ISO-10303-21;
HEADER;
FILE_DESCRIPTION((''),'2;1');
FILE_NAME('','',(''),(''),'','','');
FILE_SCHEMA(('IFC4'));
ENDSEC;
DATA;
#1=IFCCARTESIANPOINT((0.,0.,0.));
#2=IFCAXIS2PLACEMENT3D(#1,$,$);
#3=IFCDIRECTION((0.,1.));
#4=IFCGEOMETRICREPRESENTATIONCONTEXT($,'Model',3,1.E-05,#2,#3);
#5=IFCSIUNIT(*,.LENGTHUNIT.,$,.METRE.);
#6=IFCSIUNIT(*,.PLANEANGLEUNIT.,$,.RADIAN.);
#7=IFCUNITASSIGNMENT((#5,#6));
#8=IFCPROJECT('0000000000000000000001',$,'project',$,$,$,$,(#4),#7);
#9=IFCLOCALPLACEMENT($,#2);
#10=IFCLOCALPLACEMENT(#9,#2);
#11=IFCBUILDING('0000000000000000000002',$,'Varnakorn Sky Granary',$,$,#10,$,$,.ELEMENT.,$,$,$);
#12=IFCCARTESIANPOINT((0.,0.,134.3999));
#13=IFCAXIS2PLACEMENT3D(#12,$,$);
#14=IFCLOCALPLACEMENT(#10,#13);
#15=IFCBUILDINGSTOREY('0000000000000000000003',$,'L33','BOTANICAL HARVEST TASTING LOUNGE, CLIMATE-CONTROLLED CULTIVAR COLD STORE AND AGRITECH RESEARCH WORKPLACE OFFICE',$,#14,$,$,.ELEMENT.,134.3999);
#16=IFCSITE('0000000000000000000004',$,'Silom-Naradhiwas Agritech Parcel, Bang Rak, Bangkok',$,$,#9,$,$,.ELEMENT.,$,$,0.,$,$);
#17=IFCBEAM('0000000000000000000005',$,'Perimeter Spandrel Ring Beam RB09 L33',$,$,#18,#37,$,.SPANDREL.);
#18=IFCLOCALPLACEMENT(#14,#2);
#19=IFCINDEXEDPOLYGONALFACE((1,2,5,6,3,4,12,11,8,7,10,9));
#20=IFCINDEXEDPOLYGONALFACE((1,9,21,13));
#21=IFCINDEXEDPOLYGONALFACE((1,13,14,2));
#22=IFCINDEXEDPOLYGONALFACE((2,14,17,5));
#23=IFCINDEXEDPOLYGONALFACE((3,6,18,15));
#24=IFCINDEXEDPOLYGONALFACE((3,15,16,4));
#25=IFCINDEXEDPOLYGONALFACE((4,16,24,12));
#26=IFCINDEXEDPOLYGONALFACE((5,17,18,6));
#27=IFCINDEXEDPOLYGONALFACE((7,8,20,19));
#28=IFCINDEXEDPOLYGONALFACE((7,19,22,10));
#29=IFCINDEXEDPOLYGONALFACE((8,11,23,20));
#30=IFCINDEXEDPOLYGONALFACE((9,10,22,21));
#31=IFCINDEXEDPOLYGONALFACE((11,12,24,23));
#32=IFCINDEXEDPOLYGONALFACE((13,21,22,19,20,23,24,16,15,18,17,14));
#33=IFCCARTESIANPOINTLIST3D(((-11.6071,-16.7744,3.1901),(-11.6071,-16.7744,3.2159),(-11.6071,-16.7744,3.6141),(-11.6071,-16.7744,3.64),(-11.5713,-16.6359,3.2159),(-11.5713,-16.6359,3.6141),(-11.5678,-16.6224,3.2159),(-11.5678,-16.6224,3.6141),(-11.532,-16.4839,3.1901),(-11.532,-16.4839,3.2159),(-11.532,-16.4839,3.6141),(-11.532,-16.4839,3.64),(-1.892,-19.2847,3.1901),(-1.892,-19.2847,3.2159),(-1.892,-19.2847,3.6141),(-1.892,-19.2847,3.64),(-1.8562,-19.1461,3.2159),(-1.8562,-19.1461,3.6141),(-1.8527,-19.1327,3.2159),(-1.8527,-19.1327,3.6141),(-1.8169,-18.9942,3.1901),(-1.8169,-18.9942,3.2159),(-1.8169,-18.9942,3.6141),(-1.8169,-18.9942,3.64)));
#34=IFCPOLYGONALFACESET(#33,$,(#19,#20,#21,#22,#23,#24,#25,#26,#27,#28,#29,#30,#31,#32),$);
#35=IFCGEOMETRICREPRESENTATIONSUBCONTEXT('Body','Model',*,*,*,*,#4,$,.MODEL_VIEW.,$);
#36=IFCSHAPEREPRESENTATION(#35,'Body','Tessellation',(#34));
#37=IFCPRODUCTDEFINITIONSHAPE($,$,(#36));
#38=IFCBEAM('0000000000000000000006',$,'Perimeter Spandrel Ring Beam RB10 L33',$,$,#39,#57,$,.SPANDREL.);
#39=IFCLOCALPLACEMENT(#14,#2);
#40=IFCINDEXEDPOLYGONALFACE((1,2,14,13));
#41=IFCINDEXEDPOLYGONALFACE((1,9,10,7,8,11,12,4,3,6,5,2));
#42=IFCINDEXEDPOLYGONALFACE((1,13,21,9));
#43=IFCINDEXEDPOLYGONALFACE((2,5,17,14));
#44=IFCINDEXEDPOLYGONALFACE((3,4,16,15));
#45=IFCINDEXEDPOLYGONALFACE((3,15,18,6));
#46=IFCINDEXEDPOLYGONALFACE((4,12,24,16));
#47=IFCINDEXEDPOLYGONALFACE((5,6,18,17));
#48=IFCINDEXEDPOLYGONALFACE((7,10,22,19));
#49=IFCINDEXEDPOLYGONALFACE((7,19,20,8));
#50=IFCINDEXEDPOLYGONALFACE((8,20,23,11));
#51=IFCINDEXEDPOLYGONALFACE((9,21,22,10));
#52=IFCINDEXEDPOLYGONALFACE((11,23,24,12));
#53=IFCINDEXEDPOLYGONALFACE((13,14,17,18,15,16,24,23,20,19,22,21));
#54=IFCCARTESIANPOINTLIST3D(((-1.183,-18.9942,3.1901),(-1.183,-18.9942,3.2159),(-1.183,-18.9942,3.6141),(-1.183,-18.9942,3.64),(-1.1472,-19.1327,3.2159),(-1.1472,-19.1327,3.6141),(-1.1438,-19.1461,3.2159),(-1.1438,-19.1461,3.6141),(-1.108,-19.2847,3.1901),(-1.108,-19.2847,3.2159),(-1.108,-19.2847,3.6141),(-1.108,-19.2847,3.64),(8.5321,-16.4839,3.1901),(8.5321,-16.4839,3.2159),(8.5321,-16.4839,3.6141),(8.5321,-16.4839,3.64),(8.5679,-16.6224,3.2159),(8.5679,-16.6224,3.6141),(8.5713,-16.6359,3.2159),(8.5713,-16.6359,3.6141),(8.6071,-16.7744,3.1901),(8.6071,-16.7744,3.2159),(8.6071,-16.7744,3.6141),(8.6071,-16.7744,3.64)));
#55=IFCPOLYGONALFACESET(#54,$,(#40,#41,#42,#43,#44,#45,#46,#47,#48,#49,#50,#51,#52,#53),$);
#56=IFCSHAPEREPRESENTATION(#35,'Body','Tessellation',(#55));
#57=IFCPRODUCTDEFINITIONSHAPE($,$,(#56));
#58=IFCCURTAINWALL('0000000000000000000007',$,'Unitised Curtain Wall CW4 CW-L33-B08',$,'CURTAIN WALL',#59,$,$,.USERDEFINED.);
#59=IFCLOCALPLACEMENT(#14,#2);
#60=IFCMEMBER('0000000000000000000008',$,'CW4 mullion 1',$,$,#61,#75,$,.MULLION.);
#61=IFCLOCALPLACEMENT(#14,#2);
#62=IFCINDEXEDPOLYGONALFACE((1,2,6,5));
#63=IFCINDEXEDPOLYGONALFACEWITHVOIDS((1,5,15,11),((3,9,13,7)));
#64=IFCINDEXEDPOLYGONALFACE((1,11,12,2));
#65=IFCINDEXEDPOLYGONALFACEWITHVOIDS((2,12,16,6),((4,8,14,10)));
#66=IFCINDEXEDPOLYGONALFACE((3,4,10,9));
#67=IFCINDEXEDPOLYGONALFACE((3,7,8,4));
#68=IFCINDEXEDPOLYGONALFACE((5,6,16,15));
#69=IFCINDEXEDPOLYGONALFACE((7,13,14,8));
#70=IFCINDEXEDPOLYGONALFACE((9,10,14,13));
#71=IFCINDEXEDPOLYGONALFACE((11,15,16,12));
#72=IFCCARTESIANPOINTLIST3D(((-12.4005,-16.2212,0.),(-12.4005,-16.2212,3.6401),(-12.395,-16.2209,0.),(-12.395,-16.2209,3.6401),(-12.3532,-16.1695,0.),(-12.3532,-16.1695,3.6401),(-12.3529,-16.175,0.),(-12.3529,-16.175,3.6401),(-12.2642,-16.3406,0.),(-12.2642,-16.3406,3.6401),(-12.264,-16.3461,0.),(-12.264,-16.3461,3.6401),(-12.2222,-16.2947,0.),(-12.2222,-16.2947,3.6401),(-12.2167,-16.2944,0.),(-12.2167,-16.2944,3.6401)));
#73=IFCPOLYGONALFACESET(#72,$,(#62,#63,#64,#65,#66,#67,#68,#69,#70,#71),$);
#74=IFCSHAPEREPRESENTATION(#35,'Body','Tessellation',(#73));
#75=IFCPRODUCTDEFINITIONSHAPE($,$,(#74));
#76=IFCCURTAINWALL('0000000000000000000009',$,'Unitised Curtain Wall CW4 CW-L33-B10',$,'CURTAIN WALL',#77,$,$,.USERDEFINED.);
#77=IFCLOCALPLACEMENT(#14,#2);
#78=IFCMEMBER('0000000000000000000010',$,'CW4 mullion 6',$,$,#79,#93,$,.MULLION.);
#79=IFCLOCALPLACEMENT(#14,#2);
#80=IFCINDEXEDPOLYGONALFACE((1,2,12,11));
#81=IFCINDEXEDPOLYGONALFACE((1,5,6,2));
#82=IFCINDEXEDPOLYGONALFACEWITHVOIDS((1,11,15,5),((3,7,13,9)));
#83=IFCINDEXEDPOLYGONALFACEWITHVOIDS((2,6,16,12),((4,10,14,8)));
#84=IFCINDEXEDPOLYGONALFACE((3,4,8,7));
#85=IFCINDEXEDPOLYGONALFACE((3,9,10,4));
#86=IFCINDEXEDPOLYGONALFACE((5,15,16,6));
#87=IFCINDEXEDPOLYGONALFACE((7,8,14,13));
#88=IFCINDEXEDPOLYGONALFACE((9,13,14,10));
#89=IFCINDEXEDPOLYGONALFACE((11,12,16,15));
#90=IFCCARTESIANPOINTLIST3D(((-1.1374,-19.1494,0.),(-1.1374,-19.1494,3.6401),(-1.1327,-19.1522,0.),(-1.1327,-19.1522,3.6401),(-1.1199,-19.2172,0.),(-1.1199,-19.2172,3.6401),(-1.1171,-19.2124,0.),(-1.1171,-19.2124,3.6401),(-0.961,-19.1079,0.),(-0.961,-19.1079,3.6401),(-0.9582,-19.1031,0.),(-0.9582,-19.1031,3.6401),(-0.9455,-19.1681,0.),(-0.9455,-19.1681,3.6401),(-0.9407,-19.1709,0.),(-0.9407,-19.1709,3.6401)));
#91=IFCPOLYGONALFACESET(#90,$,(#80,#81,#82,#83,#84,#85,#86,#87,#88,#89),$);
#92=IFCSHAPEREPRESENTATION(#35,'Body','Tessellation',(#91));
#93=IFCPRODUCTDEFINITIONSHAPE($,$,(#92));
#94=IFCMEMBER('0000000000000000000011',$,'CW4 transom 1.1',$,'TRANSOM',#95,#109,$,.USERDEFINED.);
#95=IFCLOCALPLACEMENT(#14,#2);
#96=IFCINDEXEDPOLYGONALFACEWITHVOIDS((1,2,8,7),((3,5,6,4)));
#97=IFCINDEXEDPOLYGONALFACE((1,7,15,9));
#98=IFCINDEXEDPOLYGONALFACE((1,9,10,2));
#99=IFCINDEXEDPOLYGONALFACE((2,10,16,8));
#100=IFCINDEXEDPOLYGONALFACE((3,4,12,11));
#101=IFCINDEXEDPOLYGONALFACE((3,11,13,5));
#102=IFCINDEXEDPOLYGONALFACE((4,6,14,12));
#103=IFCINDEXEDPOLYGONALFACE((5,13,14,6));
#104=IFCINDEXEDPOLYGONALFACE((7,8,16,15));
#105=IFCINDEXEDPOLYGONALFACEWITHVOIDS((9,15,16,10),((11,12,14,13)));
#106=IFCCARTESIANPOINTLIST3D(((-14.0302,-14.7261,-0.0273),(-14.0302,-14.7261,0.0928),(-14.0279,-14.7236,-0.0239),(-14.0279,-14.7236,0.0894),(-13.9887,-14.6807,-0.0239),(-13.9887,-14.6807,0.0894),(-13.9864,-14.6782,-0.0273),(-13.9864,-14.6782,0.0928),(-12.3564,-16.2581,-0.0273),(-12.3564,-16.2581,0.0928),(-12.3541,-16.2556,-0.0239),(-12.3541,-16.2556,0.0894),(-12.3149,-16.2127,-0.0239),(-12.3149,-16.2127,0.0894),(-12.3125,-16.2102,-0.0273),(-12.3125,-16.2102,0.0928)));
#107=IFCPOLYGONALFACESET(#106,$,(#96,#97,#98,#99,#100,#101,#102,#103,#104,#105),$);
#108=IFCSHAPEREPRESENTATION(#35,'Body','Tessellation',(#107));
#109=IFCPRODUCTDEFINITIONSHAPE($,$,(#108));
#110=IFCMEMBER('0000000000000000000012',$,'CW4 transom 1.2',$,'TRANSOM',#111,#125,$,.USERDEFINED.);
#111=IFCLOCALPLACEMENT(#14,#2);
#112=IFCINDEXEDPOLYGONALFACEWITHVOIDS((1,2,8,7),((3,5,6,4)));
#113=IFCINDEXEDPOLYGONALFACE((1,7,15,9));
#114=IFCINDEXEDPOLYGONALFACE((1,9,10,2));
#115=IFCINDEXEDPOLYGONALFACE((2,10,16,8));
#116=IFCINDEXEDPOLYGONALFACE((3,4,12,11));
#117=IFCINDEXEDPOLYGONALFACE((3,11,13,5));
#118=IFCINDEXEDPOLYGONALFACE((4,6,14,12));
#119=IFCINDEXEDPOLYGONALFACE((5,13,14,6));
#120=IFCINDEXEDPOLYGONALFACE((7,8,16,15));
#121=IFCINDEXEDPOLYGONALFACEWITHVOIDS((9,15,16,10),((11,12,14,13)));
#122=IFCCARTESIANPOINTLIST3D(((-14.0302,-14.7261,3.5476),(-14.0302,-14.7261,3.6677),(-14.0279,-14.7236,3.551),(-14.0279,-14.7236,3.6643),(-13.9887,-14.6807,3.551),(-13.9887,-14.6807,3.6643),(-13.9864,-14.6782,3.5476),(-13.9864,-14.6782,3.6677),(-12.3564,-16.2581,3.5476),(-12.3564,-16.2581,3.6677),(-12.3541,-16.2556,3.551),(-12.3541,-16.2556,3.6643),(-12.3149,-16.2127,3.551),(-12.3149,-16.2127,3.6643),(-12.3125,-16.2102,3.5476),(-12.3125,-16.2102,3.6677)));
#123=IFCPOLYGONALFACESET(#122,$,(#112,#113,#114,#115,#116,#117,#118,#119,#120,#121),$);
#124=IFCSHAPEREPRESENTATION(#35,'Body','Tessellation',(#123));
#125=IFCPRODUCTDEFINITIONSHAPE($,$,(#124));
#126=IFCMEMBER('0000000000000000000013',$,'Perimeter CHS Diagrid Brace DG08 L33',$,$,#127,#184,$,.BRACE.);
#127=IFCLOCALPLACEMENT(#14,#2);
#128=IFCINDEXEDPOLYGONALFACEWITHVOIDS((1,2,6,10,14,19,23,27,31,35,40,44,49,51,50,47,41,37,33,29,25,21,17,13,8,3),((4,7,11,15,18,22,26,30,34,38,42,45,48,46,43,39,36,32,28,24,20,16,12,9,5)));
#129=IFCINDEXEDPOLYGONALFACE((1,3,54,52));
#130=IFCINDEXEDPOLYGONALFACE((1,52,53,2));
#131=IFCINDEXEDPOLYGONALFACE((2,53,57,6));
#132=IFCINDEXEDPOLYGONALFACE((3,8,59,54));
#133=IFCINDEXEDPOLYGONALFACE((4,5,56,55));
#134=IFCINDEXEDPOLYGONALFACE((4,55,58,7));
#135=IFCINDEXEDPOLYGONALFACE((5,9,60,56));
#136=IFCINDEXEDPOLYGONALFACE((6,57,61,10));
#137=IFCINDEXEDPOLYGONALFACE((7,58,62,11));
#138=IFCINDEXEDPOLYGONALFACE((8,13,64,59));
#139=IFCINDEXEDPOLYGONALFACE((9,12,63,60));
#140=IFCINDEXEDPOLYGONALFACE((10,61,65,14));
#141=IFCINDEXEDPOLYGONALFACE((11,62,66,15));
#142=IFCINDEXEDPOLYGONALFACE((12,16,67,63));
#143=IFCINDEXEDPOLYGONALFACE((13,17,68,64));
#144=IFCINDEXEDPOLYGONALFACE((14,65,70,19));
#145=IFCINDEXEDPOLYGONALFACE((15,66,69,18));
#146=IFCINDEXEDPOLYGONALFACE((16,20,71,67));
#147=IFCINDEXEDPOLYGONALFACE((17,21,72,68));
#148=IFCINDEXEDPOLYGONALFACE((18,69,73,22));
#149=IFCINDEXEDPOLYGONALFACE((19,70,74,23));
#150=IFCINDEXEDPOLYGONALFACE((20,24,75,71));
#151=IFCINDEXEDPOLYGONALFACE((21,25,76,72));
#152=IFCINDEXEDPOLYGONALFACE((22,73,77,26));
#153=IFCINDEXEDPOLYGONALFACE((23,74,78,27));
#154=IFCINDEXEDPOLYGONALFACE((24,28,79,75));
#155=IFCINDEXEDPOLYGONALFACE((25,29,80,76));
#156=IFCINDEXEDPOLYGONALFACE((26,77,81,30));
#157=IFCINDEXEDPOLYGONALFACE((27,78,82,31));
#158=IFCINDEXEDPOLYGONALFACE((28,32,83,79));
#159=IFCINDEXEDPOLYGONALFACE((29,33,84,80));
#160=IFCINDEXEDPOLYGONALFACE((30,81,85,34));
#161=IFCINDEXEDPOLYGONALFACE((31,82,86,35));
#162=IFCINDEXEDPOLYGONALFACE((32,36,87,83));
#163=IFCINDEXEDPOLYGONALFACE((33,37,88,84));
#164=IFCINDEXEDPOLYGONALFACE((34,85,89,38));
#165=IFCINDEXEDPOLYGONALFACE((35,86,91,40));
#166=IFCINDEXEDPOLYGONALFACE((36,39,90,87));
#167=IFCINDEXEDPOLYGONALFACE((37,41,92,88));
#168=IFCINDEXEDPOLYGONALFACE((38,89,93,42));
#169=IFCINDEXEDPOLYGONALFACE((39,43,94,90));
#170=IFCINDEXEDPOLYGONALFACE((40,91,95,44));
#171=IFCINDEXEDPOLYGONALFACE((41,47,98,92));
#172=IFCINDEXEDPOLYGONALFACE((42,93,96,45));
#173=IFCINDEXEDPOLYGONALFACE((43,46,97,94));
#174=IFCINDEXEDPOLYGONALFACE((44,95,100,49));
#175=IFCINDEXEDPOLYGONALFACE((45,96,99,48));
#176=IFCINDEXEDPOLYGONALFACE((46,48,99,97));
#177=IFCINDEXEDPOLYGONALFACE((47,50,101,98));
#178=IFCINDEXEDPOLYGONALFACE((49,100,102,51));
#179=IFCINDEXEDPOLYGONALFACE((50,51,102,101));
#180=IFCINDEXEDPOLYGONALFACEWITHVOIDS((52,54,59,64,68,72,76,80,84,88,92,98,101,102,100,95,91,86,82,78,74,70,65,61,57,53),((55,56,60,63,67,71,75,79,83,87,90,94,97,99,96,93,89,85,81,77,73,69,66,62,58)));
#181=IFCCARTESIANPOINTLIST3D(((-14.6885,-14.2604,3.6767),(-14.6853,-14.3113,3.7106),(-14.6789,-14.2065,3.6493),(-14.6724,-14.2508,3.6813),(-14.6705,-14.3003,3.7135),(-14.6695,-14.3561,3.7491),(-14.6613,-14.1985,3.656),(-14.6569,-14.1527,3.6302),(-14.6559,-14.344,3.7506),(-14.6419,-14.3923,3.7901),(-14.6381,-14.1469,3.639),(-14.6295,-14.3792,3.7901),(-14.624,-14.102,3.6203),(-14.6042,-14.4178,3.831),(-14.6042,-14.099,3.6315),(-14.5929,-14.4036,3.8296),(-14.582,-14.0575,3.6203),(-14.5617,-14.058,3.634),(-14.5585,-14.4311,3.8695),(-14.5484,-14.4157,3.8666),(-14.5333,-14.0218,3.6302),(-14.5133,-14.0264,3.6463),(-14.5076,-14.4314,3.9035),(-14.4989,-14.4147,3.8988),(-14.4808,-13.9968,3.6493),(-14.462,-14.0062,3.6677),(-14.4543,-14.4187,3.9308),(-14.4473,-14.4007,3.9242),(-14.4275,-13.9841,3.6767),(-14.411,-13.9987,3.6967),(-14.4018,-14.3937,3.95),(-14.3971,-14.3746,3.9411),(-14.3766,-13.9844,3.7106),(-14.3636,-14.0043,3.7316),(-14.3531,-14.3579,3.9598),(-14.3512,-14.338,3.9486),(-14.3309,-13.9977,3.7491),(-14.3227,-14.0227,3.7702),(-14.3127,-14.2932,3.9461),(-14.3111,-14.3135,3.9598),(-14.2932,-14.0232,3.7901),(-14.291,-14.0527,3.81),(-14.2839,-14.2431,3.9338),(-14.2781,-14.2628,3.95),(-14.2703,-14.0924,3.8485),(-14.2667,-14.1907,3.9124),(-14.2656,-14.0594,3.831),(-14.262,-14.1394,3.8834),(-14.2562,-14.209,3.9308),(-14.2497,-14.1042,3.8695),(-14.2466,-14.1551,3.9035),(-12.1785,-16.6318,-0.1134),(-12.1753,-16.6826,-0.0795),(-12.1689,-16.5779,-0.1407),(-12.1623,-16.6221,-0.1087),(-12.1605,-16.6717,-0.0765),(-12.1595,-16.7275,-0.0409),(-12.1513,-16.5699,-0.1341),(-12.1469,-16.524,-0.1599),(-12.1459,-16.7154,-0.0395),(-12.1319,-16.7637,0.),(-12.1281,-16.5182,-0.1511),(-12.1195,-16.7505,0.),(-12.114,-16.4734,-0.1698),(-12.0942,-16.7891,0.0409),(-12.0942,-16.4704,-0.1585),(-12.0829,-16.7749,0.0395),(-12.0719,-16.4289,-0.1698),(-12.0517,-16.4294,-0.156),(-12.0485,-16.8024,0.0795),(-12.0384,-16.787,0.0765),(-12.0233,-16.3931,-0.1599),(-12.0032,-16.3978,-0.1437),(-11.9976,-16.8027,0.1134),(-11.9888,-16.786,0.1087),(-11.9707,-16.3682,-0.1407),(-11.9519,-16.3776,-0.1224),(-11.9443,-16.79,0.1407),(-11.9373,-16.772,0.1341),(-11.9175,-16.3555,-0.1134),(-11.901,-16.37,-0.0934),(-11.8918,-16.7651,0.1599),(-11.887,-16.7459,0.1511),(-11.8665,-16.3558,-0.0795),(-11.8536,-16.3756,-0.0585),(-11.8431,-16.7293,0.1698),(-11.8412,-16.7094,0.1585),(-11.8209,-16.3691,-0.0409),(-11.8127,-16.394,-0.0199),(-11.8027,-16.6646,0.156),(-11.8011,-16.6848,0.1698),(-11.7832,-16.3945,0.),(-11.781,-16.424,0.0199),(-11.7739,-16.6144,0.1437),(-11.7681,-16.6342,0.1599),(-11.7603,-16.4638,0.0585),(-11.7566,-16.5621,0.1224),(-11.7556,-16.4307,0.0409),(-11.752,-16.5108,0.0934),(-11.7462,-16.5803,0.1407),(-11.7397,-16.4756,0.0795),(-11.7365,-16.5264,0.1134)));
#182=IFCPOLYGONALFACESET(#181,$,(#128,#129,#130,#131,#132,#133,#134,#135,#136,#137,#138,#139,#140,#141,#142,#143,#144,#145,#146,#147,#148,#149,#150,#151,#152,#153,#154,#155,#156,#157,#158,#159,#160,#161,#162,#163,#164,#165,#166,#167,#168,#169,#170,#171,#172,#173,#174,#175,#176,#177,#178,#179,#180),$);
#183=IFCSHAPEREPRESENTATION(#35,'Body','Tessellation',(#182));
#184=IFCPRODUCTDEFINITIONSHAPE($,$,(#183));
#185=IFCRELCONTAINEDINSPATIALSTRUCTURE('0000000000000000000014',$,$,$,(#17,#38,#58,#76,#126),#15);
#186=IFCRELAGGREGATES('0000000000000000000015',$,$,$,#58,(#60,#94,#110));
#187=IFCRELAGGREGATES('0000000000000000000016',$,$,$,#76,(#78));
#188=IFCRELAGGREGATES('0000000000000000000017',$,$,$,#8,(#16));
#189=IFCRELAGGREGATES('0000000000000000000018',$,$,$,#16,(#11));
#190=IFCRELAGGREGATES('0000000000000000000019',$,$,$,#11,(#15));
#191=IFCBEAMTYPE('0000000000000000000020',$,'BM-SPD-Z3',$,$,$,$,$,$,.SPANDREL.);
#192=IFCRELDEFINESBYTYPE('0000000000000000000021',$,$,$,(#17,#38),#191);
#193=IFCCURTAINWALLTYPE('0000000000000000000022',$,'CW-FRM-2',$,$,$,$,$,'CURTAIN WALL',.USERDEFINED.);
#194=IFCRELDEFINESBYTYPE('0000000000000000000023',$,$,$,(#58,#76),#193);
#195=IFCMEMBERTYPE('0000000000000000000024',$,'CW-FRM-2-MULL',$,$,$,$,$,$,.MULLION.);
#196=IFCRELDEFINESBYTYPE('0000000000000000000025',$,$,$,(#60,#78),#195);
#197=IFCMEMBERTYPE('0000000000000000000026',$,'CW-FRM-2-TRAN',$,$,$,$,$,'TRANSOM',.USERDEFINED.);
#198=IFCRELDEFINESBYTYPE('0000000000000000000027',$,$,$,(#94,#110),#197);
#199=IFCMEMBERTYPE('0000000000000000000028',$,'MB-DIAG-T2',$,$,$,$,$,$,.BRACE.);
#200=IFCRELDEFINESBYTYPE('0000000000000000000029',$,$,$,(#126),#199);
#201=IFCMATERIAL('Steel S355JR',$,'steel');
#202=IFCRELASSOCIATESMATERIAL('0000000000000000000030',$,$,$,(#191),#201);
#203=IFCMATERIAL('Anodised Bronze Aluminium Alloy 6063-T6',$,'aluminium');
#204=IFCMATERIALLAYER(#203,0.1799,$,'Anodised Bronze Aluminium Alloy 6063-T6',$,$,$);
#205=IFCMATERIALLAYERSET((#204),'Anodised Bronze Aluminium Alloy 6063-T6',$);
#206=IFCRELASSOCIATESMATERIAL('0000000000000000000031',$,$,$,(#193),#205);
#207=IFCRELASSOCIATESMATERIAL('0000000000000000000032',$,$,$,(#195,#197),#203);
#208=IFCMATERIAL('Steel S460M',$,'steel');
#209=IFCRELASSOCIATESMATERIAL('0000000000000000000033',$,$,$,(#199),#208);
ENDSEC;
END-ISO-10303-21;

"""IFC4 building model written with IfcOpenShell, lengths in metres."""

from ifc_helpers import new_model, si_unit, direction, frame, origin, origin_2d, place, context, subcontext, project, spatial, hollow_rectangle, hollow_circle, i_section, extrude, material, layer, layer_set, material_profile, profile_set, type_object, element, aggregate, save


model = new_model("IFC4")

# Units and contexts
model_context = context("Model", 3, precision=1e-05, world=origin(), true_north=direction((0.0, 1.0)))
body_context = subcontext(model_context, "Body", "Model", "MODEL_VIEW")
ifc_project = project(units=[si_unit("LENGTHUNIT", "METRE"), si_unit("PLANEANGLEUNIT", "RADIAN")], contexts=[model_context])

# Site, building, storey
site_placement = place(None, origin())
site = spatial("IfcSite", under=ifc_project, at=site_placement, Name="Silom-Naradhiwas Agritech Parcel, Bang Rak, Bangkok", CompositionType="ELEMENT", RefElevation=0.0)
building_placement = place(site_placement, origin())
building = spatial("IfcBuilding", under=site, at=building_placement, Name="Varnakorn Sky Granary", CompositionType="ELEMENT")
storey_placement = place(building_placement, frame((0.0, 0.0, 134.3999)))
storey = spatial("IfcBuildingStorey", under=building, at=storey_placement, Name="L33", Description="BOTANICAL HARVEST TASTING LOUNGE, CLIMATE-CONTROLLED CULTIVAR COLD STORE AND AGRITECH RESEARCH WORKPLACE OFFICE", CompositionType="ELEMENT", Elevation=134.3999)

# Shared definitions
ifc_material_1 = material(Name="Steel S460M", Category="steel")

# Beams
ifc_material_2 = material(Name="Steel S355JR", Category="steel")
ifc_material_profile_1 = material_profile(ifc_material_2, i_section(OverallWidth=0.3, OverallDepth=0.45, WebThickness=0.0139, FlangeThickness=0.0259, at=origin_2d()), Name="HE 450 B")
ifc_profile_set_1 = profile_set([ifc_material_profile_1], Name="Steel S355JR")
beam_type_1 = type_object("IfcBeamType", Name="BM-SPD-Z3", PredefinedType="SPANDREL", material=ifc_profile_set_1)
for number, where, z_axis, x_axis, name in (
    (1, (-11.5696, -16.6292, 3.415), (0.968202, -0.250171, 0.0), (0.250171, 0.968202, 0.0), "Perimeter Spandrel Ring Beam RB09 L33"),
    (2, (-1.1455, -19.1394, 3.415), (0.968202, 0.250171, 0.0), (-0.250171, 0.968202, 0.0), "Perimeter Spandrel Ring Beam RB10 L33"),
):
    element("IfcBeam", number, at=place(storey_placement, frame(where, z_axis=z_axis, x_axis=x_axis)), inside=storey, type_object=beam_type_1, Name=name, PredefinedType="SPANDREL", context=body_context, shape_type="SweptSolid", body=[
        extrude(i_section(OverallWidth=0.3, OverallDepth=0.45, WebThickness=0.0139, FlangeThickness=0.0259, at=origin_2d()), origin(), (0.0, 0.0, 1.0), 10.0342),
    ])

# Curtain walls, members
ifc_material_3 = material(Name="Anodised Bronze Aluminium Alloy 6063-T6", Category="aluminium")
ifc_layer_1 = layer(ifc_material_3, 0.1799, Name="Anodised Bronze Aluminium Alloy 6063-T6")
ifc_layer_set_1 = layer_set([ifc_layer_1], Name="Anodised Bronze Aluminium Alloy 6063-T6")
curtain_wall_type = type_object("IfcCurtainWallType", Name="CW-FRM-2", ElementType="CURTAIN WALL", PredefinedType="USERDEFINED", material=ifc_layer_set_1)
curtain_wall_1_placement = place(storey_placement, origin())
curtain_wall_1 = element("IfcCurtainWall", 3, at=curtain_wall_1_placement, inside=storey, type_object=curtain_wall_type, Name="Unitised Curtain Wall CW4 CW-L33-B08", ObjectType="CURTAIN WALL", PredefinedType="USERDEFINED")
ifc_material_profile_2 = material_profile(ifc_material_3, hollow_rectangle(XDim=0.0701, YDim=0.1851, WallThickness=0.0039, at=origin_2d()), Name="ALU MULL 70x185")
ifc_profile_set_2 = profile_set([ifc_material_profile_2], Name="Anodised Bronze Aluminium Alloy 6063-T6")
member_type_1 = type_object("IfcMemberType", Name="CW-FRM-2-MULL", PredefinedType="MULLION", material=ifc_profile_set_2)
member_1_placement = place(storey_placement, frame((-12.3086, -16.2578, 0.0), z_axis=(0.0, 0.0, 1.0), x_axis=(-0.675183, -0.737651, 0.0)))
member_1 = element("IfcMember", 4, at=member_1_placement, type_object=member_type_1, Name="CW4 mullion 1", PredefinedType="MULLION", context=body_context, shape_type="SweptSolid", body=[
    extrude(hollow_rectangle(XDim=0.0701, YDim=0.1851, WallThickness=0.0039, at=origin_2d()), origin(), (0.0, 0.0, 1.0), 3.6401),
])
curtain_wall_2_placement = place(storey_placement, origin())
curtain_wall_2 = element("IfcCurtainWall", 5, at=curtain_wall_2_placement, inside=storey, type_object=curtain_wall_type, Name="Unitised Curtain Wall CW4 CW-L33-B10", ObjectType="CURTAIN WALL", PredefinedType="USERDEFINED")
member_2_placement = place(storey_placement, frame((-1.0391, -19.1602, 0.0), z_axis=(0.0, 0.0, 1.0), x_axis=(0.24998, -0.968251, 0.0)))
member_2 = element("IfcMember", 6, at=member_2_placement, type_object=member_type_1, Name="CW4 mullion 6", PredefinedType="MULLION", context=body_context, shape_type="SweptSolid", body=[
    extrude(hollow_rectangle(XDim=0.0701, YDim=0.1851, WallThickness=0.0039, at=origin_2d()), origin(), (0.0, 0.0, 1.0), 3.6401),
])

# Members
ifc_material_profile_3 = material_profile(ifc_material_3, hollow_rectangle(XDim=0.0649, YDim=0.1201, WallThickness=0.0034, at=origin_2d()), Name="ALU TRAN 65x120")
ifc_profile_set_3 = profile_set([ifc_material_profile_3], Name="Anodised Bronze Aluminium Alloy 6063-T6")
member_type_2 = type_object("IfcMemberType", Name="CW-FRM-2-TRAN", ElementType="TRANSOM", PredefinedType="USERDEFINED", material=ifc_profile_set_3)
member_3_placement = place(storey_placement, frame((-12.3345, -16.2341, 0.0327), z_axis=(-0.737672, 0.675159, 0.0), x_axis=(-0.675159, -0.737672, 0.0)))
member_3 = element("IfcMember", 7, at=member_3_placement, type_object=member_type_2, Name="CW4 transom 1.1", ObjectType="TRANSOM", PredefinedType="USERDEFINED", context=body_context, shape_type="SweptSolid", body=[
    extrude(hollow_rectangle(XDim=0.0649, YDim=0.1201, WallThickness=0.0034, at=origin_2d()), origin(), (0.0, 0.0, 1.0), 2.269),
])
member_4_placement = place(storey_placement, frame((-12.3345, -16.2341, 3.6077), z_axis=(-0.737672, 0.675159, 0.0), x_axis=(-0.675159, -0.737672, 0.0)))
member_4 = element("IfcMember", 8, at=member_4_placement, type_object=member_type_2, Name="CW4 transom 1.2", ObjectType="TRANSOM", PredefinedType="USERDEFINED", context=body_context, shape_type="SweptSolid", body=[
    extrude(hollow_rectangle(XDim=0.0649, YDim=0.1201, WallThickness=0.0034, at=origin_2d()), origin(), (0.0, 0.0, 1.0), 2.269),
])
aggregate(curtain_wall_1, [member_1, member_3, member_4])

# Member
ifc_material_profile_4 = material_profile(ifc_material_1, hollow_circle(Radius=0.2539, WallThickness=0.0181, at=origin_2d()), Name="CHS 508x18")
ifc_profile_set_4 = profile_set([ifc_material_profile_4], Name="Steel S460M")
member_type_3 = type_object("IfcMemberType", Name="MB-DIAG-T2", PredefinedType="BRACE", material=ifc_profile_set_4)
member_5_placement = place(storey_placement, frame((-11.9575, -16.5791, 0.0), z_axis=(-0.489551, 0.462505, 0.739208), x_axis=(-0.686742, -0.726901, 0.0)))
element("IfcMember", 9, at=member_5_placement, inside=storey, type_object=member_type_3, Name="Perimeter CHS Diagrid Brace DG08 L33", PredefinedType="BRACE", context=body_context, shape_type="SweptSolid", body=[
    extrude(hollow_circle(Radius=0.2539, WallThickness=0.0181, at=origin_2d()), origin(), (0.0, 0.0, 1.0), 5.1272),
])

aggregate(curtain_wall_2, [member_2])

save(model, "model.ifc")
